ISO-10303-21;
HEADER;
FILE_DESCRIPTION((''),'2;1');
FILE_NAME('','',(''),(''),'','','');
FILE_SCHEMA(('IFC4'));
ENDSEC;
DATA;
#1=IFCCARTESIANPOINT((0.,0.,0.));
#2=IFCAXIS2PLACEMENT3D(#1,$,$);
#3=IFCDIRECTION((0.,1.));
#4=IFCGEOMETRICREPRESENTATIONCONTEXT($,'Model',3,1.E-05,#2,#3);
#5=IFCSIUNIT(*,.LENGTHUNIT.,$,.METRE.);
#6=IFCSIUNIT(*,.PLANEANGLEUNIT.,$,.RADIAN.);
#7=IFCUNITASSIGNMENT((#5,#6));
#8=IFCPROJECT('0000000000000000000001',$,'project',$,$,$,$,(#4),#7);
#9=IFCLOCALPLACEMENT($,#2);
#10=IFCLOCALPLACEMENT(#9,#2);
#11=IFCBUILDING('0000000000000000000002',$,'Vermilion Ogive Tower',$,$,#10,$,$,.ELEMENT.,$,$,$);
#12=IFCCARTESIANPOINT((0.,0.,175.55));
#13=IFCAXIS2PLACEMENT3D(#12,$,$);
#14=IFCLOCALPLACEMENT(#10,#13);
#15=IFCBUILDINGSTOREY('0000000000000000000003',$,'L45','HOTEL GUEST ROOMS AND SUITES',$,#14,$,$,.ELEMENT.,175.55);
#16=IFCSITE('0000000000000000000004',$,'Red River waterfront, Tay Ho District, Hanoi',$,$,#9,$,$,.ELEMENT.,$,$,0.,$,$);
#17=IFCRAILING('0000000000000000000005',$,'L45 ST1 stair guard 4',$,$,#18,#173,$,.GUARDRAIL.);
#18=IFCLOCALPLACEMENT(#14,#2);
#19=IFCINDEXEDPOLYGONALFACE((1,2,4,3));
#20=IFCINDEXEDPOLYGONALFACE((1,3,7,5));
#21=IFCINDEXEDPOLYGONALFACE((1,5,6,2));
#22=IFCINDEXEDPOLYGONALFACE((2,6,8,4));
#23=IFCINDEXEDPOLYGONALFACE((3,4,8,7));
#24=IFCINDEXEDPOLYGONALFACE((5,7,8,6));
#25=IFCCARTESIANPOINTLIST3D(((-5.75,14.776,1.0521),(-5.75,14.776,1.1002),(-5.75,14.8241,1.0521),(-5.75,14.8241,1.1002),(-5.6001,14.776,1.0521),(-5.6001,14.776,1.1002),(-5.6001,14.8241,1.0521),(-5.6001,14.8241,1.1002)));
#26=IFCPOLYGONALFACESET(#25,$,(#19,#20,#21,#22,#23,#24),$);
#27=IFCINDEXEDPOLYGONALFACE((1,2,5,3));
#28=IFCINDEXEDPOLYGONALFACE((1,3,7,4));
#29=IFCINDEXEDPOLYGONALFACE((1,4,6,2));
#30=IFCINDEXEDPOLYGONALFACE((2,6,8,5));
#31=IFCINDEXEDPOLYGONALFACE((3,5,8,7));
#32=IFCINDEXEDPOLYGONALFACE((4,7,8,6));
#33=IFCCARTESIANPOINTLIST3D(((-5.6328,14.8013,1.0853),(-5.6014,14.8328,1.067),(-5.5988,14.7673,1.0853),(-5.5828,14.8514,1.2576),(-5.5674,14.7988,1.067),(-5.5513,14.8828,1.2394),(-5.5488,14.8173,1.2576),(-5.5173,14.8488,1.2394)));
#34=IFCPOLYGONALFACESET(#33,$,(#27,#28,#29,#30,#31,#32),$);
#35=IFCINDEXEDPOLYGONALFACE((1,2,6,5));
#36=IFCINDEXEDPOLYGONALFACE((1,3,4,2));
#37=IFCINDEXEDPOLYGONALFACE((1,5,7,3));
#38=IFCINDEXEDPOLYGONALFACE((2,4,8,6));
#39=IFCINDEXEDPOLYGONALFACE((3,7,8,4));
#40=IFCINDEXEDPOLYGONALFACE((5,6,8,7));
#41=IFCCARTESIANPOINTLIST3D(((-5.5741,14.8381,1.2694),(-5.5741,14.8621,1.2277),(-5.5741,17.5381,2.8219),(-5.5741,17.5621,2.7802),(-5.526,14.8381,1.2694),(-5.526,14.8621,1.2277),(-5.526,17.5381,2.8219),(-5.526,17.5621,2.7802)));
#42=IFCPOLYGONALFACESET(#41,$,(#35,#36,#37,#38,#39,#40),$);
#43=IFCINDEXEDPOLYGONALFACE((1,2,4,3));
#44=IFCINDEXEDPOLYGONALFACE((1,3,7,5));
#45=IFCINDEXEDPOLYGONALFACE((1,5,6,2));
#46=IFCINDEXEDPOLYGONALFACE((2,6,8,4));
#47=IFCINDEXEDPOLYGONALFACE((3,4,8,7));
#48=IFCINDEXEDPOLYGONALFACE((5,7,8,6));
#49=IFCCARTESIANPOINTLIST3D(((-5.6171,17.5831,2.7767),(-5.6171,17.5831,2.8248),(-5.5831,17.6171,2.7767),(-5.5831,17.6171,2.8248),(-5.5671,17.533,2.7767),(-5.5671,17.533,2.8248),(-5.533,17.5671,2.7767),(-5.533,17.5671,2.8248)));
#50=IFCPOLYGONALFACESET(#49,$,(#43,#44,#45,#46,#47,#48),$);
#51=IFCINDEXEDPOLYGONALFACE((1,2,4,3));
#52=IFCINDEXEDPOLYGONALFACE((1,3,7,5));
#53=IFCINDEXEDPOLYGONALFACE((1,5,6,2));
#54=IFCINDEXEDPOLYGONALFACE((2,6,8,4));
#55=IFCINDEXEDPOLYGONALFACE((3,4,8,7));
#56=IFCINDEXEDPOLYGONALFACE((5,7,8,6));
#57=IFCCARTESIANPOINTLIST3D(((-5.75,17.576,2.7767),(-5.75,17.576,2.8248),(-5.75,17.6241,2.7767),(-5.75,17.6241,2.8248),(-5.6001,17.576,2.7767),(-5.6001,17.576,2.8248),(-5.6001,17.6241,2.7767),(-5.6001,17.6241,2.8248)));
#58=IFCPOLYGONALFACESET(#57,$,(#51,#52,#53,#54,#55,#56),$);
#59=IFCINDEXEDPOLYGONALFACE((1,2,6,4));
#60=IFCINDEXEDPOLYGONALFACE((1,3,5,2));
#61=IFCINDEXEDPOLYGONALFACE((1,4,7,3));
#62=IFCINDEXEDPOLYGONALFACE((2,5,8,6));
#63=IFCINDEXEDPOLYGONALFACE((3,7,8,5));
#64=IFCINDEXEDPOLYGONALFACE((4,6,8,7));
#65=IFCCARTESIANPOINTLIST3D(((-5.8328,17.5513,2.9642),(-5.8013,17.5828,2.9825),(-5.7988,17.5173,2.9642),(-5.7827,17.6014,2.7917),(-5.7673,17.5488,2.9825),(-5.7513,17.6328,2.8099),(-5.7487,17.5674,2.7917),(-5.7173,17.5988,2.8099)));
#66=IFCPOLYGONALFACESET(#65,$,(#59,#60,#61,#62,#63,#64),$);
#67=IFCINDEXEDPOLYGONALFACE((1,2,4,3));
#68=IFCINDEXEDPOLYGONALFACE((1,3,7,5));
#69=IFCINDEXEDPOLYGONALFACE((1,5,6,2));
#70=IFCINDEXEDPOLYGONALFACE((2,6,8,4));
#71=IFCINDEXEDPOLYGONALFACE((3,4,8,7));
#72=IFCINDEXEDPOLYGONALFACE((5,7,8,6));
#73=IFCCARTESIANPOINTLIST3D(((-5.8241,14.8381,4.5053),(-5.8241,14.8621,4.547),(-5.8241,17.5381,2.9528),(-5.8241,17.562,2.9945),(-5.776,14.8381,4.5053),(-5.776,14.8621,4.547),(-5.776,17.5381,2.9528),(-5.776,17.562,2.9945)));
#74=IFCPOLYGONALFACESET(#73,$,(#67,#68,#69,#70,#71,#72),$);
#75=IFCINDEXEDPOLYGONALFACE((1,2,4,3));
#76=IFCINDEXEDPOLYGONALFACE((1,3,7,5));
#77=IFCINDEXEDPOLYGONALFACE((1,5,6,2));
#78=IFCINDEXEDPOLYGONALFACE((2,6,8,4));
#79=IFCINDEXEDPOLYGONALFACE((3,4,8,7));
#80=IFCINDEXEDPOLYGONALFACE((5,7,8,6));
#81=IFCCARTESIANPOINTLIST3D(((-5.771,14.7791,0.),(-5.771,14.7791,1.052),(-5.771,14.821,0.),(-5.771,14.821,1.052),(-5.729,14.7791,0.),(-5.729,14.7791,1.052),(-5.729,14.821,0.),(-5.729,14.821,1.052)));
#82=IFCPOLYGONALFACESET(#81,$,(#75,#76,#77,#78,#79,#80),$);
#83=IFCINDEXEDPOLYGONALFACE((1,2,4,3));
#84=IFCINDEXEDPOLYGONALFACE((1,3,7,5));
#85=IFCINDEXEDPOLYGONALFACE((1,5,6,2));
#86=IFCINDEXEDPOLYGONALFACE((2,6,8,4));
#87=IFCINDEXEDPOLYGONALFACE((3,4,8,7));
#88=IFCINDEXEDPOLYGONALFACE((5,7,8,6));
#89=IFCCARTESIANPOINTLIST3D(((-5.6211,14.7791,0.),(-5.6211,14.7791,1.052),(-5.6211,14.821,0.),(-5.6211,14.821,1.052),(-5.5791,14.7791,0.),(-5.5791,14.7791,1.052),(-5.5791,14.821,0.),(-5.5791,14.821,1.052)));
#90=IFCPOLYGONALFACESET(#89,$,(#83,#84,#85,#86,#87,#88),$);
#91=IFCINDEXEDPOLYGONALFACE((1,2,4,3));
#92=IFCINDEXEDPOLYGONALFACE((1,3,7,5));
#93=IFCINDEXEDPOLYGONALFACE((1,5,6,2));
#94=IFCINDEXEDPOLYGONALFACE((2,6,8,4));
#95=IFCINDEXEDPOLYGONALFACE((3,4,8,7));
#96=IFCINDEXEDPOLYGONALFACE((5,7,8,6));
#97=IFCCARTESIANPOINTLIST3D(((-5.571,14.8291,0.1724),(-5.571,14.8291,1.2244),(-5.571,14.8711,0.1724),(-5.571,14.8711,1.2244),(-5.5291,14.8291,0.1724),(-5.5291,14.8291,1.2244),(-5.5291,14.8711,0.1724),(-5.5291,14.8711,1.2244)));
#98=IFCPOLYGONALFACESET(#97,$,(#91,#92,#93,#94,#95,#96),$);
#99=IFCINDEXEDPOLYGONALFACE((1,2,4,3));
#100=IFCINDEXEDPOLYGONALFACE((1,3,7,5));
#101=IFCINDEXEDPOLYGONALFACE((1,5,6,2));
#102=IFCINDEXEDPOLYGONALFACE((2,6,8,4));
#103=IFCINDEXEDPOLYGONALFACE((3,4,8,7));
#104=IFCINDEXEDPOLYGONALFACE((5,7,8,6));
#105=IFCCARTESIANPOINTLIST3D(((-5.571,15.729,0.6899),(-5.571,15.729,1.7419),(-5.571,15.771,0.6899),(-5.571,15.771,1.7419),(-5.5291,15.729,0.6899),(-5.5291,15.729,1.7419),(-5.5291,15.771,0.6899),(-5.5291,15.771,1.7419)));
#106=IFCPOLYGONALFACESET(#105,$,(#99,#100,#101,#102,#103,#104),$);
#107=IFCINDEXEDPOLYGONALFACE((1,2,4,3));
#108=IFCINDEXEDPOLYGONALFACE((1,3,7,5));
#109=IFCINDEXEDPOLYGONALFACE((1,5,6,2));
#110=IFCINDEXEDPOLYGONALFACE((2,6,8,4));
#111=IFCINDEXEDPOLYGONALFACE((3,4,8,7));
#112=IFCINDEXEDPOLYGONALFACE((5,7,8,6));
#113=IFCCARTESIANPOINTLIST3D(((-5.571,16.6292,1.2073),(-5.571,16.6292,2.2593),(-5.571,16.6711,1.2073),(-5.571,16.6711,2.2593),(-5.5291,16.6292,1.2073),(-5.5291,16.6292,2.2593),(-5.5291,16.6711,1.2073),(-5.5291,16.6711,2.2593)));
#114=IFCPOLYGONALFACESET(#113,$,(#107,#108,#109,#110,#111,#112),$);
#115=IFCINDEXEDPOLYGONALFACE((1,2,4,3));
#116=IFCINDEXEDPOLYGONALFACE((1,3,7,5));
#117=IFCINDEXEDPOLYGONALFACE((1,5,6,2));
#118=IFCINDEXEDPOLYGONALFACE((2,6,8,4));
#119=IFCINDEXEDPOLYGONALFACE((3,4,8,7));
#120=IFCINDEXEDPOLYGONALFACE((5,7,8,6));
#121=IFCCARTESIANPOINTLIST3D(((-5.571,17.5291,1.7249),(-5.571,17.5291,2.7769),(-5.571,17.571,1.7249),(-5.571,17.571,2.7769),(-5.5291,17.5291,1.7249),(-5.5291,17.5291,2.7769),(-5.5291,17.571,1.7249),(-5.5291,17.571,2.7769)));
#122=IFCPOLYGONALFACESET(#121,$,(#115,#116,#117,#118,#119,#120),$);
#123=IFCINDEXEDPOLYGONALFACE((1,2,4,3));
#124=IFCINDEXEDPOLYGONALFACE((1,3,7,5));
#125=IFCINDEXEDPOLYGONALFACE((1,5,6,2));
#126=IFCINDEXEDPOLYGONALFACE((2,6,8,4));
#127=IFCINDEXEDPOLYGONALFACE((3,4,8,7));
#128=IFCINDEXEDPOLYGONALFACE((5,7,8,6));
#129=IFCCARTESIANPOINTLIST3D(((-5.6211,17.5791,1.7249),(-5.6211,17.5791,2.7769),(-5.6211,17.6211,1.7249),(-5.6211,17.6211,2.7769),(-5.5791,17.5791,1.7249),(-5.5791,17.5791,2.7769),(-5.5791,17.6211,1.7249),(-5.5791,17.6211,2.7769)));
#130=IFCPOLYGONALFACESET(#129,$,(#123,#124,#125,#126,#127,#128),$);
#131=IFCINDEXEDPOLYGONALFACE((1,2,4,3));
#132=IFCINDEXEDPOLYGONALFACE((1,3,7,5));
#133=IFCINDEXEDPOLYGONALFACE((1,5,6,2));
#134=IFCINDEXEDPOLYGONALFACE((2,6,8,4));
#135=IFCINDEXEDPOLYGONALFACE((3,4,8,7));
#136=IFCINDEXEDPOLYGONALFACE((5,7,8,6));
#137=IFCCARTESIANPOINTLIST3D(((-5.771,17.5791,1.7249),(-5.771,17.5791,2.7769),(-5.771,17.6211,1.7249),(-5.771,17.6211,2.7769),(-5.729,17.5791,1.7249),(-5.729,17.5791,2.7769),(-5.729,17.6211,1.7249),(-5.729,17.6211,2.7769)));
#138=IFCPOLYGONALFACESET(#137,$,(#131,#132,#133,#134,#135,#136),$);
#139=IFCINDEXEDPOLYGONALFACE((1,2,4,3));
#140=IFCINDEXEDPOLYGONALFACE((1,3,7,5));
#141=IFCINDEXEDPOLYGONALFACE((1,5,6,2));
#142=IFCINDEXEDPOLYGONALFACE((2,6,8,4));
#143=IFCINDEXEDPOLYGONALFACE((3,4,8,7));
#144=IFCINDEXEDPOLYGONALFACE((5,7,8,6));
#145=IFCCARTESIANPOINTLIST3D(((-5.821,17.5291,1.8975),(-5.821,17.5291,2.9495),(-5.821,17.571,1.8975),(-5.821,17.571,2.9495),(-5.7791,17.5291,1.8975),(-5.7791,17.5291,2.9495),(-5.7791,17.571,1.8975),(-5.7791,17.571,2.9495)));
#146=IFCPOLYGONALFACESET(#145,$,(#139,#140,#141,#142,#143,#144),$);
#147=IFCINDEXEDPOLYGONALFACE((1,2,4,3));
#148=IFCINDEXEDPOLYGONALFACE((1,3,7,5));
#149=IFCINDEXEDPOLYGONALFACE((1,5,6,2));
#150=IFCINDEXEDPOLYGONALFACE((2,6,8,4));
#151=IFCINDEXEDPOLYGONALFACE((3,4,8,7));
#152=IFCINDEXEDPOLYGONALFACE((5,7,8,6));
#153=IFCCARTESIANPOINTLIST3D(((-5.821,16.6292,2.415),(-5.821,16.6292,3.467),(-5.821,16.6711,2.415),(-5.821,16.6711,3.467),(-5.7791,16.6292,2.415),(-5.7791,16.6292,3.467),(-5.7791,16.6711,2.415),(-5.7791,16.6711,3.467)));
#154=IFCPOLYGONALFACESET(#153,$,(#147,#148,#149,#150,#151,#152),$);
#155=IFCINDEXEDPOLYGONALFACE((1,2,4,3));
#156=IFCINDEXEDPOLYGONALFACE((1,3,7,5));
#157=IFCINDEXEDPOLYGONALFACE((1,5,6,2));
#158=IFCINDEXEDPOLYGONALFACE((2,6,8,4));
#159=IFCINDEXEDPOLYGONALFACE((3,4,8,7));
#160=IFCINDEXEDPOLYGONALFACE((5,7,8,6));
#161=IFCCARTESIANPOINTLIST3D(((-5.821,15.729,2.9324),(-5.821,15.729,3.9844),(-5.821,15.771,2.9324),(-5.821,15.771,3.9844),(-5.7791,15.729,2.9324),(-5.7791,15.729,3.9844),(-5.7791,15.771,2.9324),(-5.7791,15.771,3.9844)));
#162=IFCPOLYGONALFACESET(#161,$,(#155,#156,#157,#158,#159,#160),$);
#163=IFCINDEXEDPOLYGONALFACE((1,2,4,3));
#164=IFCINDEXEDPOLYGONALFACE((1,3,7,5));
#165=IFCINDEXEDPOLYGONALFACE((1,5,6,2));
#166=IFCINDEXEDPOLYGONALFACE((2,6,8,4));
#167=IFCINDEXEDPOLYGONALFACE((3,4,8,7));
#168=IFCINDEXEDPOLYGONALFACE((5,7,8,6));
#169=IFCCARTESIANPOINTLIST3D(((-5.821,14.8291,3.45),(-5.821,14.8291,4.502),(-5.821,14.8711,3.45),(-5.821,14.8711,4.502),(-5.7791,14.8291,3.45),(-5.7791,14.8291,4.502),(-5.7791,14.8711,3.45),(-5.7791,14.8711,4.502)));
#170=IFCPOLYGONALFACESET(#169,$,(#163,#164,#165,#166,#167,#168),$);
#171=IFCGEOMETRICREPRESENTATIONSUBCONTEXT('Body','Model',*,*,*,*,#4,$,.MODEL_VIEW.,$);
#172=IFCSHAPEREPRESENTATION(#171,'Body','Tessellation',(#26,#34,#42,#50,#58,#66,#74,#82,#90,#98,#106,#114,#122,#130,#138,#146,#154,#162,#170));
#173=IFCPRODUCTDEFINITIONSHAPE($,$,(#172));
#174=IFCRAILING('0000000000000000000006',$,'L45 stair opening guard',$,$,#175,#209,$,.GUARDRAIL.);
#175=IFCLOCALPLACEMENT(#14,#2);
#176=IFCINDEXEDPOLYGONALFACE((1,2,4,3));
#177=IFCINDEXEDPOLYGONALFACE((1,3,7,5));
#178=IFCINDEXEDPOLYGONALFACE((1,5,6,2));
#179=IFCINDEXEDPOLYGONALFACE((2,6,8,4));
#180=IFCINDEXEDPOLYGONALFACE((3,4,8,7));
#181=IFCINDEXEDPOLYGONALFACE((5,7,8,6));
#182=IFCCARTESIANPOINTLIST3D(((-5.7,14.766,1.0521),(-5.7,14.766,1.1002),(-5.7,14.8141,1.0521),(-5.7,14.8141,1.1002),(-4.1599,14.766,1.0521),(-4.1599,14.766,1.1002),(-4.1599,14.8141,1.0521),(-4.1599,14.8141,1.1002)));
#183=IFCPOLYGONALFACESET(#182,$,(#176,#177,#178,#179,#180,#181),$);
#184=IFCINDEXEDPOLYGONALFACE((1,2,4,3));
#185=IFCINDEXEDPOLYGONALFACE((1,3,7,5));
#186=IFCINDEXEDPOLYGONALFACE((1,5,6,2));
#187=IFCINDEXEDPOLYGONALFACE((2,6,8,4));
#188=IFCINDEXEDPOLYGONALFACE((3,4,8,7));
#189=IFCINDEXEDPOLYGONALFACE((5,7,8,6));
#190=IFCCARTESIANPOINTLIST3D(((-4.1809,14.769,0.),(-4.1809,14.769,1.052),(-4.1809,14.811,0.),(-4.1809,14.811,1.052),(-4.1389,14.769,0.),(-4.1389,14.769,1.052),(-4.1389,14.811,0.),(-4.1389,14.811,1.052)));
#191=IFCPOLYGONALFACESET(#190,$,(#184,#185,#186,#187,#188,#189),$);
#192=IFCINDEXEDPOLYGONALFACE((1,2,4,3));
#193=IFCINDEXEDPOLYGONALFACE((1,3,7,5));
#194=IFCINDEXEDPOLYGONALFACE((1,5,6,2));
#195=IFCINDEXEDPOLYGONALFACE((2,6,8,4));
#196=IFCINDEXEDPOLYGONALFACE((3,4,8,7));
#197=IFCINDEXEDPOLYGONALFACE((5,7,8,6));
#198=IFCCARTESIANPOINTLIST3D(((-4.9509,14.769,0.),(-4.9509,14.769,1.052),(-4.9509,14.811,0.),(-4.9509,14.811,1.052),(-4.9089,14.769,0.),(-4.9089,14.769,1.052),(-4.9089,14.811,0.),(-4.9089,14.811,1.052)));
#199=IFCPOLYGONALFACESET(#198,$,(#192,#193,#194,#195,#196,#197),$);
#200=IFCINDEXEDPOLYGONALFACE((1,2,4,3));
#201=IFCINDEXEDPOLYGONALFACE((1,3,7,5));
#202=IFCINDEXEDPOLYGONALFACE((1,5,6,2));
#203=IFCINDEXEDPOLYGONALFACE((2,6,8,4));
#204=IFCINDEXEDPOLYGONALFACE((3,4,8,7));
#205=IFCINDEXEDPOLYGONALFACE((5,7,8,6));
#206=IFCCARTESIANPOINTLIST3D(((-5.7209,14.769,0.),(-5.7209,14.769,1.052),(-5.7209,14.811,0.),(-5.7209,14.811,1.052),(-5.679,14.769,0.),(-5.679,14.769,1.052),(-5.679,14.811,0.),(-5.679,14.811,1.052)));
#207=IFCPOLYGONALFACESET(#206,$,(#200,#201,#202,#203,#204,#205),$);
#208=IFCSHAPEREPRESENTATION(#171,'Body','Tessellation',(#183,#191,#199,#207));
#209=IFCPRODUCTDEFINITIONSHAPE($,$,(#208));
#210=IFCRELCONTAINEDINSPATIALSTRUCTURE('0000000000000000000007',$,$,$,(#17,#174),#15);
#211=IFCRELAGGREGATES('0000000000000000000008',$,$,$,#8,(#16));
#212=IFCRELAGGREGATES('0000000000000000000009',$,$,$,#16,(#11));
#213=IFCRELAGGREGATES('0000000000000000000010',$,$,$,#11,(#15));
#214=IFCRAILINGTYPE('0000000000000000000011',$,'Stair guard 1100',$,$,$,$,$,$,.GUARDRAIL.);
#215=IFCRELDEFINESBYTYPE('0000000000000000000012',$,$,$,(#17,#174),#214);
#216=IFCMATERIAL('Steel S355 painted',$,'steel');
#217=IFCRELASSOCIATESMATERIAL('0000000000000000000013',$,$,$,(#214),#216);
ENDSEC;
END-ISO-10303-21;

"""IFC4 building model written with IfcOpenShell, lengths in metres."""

from ifc_helpers import new_model, si_unit, direction, frame, origin, origin_2d, place, context, subcontext, project, spatial, rectangle, extrude, material, type_object, element, save


model = new_model("IFC4")

# Units and contexts
model_context = context("Model", 3, precision=1e-05, world=origin(), true_north=direction((0.0, 1.0)))
body_context = subcontext(model_context, "Body", "Model", "MODEL_VIEW")
ifc_project = project(units=[si_unit("LENGTHUNIT", "METRE"), si_unit("PLANEANGLEUNIT", "RADIAN")], contexts=[model_context])

# Site, building, storey
site_placement = place(None, origin())
site = spatial("IfcSite", under=ifc_project, at=site_placement, Name="Red River waterfront, Tay Ho District, Hanoi", CompositionType="ELEMENT", RefElevation=0.0)
building_placement = place(site_placement, origin())
building = spatial("IfcBuilding", under=site, at=building_placement, Name="Vermilion Ogive Tower", CompositionType="ELEMENT")
storey_placement = place(building_placement, frame((0.0, 0.0, 175.55)))
storey = spatial("IfcBuildingStorey", under=building, at=storey_placement, Name="L45", Description="HOTEL GUEST ROOMS AND SUITES", CompositionType="ELEMENT", Elevation=175.55)

# Railings
ifc_material_1 = material(Name="Steel S355 painted", Category="steel")
railing_type_1 = type_object("IfcRailingType", Name="Stair guard 1100", PredefinedType="GUARDRAIL", material=ifc_material_1)
railing_1_placement = place(storey_placement, frame((-5.75, 14.8, 0.0)))
element("IfcRailing", 1, at=railing_1_placement, inside=storey, type_object=railing_type_1, Name="L45 ST1 stair guard 4", PredefinedType="GUARDRAIL", context=body_context, shape_type="SweptSolid", body=[
    extrude(rectangle(XDim=0.0481, YDim=0.0481, at=origin_2d()), frame((0.0, 0.0, 1.0762), z_axis=(1.0, 0.0, 0.0), x_axis=(0.0, 1.0, 0.0)), (0.0, 0.0, 1.0), 0.1499),
    extrude(rectangle(XDim=0.0481, YDim=0.0481, at=origin_2d()), frame((0.1499, 0.0, 1.0762), z_axis=(0.268603, 0.268603, 0.925043), x_axis=(-0.707107, 0.707107, 0.0)), (0.0, 0.0, 1.0), 0.1863),
    extrude(rectangle(XDim=0.0481, YDim=0.0481, at=origin_2d()), frame((0.2, 0.05, 1.2485), z_axis=(0.0, 0.866904, 0.498476), x_axis=(-1.0, 0.0, 0.0)), (0.0, 0.0, 1.0), 3.1145),
    extrude(rectangle(XDim=0.0481, YDim=0.0481, at=origin_2d()), frame((0.2, 2.75, 2.8008), z_axis=(-0.707107, 0.707107, 0.0), x_axis=(-0.707107, -0.707107, 0.0)), (0.0, 0.0, 1.0), 0.0708),
    extrude(rectangle(XDim=0.0481, YDim=0.0481, at=origin_2d()), frame((0.1499, 2.8, 2.8008), z_axis=(-1.0, 0.0, 0.0), x_axis=(0.0, -1.0, 0.0)), (0.0, 0.0, 1.0), 0.1499),
    extrude(rectangle(XDim=0.0481, YDim=0.0481, at=origin_2d()), frame((0.0, 2.8, 2.8008), z_axis=(-0.268278, -0.268278, 0.925232), x_axis=(0.707107, -0.707107, 0.0)), (0.0, 0.0, 1.0), 0.1865),
    extrude(rectangle(XDim=0.0481, YDim=0.0481, at=origin_2d()), frame((-0.05, 2.75, 2.9736), z_axis=(0.0, -0.866904, 0.498476), x_axis=(1.0, 0.0, 0.0)), (0.0, 0.0, 1.0), 3.1145),
    extrude(rectangle(XDim=0.042, YDim=0.042, at=origin_2d()), origin(), (0.0, 0.0, 1.0), 1.052),
    extrude(rectangle(XDim=0.042, YDim=0.042, at=origin_2d()), frame((0.1499, 0.0, 0.0)), (0.0, 0.0, 1.0), 1.052),
    extrude(rectangle(XDim=0.042, YDim=0.042, at=origin_2d()), frame((0.2, 0.05, 0.1724)), (0.0, 0.0, 1.0), 1.052),
    extrude(rectangle(XDim=0.042, YDim=0.042, at=origin_2d()), frame((0.2, 0.95, 0.6899)), (0.0, 0.0, 1.0), 1.052),
    extrude(rectangle(XDim=0.042, YDim=0.042, at=origin_2d()), frame((0.2, 1.8501, 1.2073)), (0.0, 0.0, 1.0), 1.052),
    extrude(rectangle(XDim=0.042, YDim=0.042, at=origin_2d()), frame((0.2, 2.75, 1.7249)), (0.0, 0.0, 1.0), 1.052),
    extrude(rectangle(XDim=0.042, YDim=0.042, at=origin_2d()), frame((0.1499, 2.8, 1.7249)), (0.0, 0.0, 1.0), 1.052),
    extrude(rectangle(XDim=0.042, YDim=0.042, at=origin_2d()), frame((0.0, 2.8, 1.7249)), (0.0, 0.0, 1.0), 1.052),
    extrude(rectangle(XDim=0.042, YDim=0.042, at=origin_2d()), frame((-0.05, 2.75, 1.8975)), (0.0, 0.0, 1.0), 1.052),
    extrude(rectangle(XDim=0.042, YDim=0.042, at=origin_2d()), frame((-0.05, 1.8501, 2.415)), (0.0, 0.0, 1.0), 1.052),
    extrude(rectangle(XDim=0.042, YDim=0.042, at=origin_2d()), frame((-0.05, 0.95, 2.9324)), (0.0, 0.0, 1.0), 1.052),
    extrude(rectangle(XDim=0.042, YDim=0.042, at=origin_2d()), frame((-0.05, 0.05, 3.45)), (0.0, 0.0, 1.0), 1.052),
])
railing_2_placement = place(storey_placement, frame((-4.1599, 14.79, 0.0)))
element("IfcRailing", 2, at=railing_2_placement, inside=storey, type_object=railing_type_1, Name="L45 stair opening guard", PredefinedType="GUARDRAIL", context=body_context, shape_type="SweptSolid", body=[
    extrude(rectangle(XDim=0.0481, YDim=0.0481, at=origin_2d()), frame((0.0, 0.0, 1.0762), z_axis=(-1.0, 0.0, 0.0), x_axis=(0.0, -1.0, 0.0)), (0.0, 0.0, 1.0), 1.54),
    extrude(rectangle(XDim=0.042, YDim=0.042, at=origin_2d()), origin(), (0.0, 0.0, 1.0), 1.052),
    extrude(rectangle(XDim=0.042, YDim=0.042, at=origin_2d()), frame((-0.77, 0.0, 0.0)), (0.0, 0.0, 1.0), 1.052),
    extrude(rectangle(XDim=0.042, YDim=0.042, at=origin_2d()), frame((-1.54, 0.0, 0.0)), (0.0, 0.0, 1.0), 1.052),
])

save(model, "model.ifc")
